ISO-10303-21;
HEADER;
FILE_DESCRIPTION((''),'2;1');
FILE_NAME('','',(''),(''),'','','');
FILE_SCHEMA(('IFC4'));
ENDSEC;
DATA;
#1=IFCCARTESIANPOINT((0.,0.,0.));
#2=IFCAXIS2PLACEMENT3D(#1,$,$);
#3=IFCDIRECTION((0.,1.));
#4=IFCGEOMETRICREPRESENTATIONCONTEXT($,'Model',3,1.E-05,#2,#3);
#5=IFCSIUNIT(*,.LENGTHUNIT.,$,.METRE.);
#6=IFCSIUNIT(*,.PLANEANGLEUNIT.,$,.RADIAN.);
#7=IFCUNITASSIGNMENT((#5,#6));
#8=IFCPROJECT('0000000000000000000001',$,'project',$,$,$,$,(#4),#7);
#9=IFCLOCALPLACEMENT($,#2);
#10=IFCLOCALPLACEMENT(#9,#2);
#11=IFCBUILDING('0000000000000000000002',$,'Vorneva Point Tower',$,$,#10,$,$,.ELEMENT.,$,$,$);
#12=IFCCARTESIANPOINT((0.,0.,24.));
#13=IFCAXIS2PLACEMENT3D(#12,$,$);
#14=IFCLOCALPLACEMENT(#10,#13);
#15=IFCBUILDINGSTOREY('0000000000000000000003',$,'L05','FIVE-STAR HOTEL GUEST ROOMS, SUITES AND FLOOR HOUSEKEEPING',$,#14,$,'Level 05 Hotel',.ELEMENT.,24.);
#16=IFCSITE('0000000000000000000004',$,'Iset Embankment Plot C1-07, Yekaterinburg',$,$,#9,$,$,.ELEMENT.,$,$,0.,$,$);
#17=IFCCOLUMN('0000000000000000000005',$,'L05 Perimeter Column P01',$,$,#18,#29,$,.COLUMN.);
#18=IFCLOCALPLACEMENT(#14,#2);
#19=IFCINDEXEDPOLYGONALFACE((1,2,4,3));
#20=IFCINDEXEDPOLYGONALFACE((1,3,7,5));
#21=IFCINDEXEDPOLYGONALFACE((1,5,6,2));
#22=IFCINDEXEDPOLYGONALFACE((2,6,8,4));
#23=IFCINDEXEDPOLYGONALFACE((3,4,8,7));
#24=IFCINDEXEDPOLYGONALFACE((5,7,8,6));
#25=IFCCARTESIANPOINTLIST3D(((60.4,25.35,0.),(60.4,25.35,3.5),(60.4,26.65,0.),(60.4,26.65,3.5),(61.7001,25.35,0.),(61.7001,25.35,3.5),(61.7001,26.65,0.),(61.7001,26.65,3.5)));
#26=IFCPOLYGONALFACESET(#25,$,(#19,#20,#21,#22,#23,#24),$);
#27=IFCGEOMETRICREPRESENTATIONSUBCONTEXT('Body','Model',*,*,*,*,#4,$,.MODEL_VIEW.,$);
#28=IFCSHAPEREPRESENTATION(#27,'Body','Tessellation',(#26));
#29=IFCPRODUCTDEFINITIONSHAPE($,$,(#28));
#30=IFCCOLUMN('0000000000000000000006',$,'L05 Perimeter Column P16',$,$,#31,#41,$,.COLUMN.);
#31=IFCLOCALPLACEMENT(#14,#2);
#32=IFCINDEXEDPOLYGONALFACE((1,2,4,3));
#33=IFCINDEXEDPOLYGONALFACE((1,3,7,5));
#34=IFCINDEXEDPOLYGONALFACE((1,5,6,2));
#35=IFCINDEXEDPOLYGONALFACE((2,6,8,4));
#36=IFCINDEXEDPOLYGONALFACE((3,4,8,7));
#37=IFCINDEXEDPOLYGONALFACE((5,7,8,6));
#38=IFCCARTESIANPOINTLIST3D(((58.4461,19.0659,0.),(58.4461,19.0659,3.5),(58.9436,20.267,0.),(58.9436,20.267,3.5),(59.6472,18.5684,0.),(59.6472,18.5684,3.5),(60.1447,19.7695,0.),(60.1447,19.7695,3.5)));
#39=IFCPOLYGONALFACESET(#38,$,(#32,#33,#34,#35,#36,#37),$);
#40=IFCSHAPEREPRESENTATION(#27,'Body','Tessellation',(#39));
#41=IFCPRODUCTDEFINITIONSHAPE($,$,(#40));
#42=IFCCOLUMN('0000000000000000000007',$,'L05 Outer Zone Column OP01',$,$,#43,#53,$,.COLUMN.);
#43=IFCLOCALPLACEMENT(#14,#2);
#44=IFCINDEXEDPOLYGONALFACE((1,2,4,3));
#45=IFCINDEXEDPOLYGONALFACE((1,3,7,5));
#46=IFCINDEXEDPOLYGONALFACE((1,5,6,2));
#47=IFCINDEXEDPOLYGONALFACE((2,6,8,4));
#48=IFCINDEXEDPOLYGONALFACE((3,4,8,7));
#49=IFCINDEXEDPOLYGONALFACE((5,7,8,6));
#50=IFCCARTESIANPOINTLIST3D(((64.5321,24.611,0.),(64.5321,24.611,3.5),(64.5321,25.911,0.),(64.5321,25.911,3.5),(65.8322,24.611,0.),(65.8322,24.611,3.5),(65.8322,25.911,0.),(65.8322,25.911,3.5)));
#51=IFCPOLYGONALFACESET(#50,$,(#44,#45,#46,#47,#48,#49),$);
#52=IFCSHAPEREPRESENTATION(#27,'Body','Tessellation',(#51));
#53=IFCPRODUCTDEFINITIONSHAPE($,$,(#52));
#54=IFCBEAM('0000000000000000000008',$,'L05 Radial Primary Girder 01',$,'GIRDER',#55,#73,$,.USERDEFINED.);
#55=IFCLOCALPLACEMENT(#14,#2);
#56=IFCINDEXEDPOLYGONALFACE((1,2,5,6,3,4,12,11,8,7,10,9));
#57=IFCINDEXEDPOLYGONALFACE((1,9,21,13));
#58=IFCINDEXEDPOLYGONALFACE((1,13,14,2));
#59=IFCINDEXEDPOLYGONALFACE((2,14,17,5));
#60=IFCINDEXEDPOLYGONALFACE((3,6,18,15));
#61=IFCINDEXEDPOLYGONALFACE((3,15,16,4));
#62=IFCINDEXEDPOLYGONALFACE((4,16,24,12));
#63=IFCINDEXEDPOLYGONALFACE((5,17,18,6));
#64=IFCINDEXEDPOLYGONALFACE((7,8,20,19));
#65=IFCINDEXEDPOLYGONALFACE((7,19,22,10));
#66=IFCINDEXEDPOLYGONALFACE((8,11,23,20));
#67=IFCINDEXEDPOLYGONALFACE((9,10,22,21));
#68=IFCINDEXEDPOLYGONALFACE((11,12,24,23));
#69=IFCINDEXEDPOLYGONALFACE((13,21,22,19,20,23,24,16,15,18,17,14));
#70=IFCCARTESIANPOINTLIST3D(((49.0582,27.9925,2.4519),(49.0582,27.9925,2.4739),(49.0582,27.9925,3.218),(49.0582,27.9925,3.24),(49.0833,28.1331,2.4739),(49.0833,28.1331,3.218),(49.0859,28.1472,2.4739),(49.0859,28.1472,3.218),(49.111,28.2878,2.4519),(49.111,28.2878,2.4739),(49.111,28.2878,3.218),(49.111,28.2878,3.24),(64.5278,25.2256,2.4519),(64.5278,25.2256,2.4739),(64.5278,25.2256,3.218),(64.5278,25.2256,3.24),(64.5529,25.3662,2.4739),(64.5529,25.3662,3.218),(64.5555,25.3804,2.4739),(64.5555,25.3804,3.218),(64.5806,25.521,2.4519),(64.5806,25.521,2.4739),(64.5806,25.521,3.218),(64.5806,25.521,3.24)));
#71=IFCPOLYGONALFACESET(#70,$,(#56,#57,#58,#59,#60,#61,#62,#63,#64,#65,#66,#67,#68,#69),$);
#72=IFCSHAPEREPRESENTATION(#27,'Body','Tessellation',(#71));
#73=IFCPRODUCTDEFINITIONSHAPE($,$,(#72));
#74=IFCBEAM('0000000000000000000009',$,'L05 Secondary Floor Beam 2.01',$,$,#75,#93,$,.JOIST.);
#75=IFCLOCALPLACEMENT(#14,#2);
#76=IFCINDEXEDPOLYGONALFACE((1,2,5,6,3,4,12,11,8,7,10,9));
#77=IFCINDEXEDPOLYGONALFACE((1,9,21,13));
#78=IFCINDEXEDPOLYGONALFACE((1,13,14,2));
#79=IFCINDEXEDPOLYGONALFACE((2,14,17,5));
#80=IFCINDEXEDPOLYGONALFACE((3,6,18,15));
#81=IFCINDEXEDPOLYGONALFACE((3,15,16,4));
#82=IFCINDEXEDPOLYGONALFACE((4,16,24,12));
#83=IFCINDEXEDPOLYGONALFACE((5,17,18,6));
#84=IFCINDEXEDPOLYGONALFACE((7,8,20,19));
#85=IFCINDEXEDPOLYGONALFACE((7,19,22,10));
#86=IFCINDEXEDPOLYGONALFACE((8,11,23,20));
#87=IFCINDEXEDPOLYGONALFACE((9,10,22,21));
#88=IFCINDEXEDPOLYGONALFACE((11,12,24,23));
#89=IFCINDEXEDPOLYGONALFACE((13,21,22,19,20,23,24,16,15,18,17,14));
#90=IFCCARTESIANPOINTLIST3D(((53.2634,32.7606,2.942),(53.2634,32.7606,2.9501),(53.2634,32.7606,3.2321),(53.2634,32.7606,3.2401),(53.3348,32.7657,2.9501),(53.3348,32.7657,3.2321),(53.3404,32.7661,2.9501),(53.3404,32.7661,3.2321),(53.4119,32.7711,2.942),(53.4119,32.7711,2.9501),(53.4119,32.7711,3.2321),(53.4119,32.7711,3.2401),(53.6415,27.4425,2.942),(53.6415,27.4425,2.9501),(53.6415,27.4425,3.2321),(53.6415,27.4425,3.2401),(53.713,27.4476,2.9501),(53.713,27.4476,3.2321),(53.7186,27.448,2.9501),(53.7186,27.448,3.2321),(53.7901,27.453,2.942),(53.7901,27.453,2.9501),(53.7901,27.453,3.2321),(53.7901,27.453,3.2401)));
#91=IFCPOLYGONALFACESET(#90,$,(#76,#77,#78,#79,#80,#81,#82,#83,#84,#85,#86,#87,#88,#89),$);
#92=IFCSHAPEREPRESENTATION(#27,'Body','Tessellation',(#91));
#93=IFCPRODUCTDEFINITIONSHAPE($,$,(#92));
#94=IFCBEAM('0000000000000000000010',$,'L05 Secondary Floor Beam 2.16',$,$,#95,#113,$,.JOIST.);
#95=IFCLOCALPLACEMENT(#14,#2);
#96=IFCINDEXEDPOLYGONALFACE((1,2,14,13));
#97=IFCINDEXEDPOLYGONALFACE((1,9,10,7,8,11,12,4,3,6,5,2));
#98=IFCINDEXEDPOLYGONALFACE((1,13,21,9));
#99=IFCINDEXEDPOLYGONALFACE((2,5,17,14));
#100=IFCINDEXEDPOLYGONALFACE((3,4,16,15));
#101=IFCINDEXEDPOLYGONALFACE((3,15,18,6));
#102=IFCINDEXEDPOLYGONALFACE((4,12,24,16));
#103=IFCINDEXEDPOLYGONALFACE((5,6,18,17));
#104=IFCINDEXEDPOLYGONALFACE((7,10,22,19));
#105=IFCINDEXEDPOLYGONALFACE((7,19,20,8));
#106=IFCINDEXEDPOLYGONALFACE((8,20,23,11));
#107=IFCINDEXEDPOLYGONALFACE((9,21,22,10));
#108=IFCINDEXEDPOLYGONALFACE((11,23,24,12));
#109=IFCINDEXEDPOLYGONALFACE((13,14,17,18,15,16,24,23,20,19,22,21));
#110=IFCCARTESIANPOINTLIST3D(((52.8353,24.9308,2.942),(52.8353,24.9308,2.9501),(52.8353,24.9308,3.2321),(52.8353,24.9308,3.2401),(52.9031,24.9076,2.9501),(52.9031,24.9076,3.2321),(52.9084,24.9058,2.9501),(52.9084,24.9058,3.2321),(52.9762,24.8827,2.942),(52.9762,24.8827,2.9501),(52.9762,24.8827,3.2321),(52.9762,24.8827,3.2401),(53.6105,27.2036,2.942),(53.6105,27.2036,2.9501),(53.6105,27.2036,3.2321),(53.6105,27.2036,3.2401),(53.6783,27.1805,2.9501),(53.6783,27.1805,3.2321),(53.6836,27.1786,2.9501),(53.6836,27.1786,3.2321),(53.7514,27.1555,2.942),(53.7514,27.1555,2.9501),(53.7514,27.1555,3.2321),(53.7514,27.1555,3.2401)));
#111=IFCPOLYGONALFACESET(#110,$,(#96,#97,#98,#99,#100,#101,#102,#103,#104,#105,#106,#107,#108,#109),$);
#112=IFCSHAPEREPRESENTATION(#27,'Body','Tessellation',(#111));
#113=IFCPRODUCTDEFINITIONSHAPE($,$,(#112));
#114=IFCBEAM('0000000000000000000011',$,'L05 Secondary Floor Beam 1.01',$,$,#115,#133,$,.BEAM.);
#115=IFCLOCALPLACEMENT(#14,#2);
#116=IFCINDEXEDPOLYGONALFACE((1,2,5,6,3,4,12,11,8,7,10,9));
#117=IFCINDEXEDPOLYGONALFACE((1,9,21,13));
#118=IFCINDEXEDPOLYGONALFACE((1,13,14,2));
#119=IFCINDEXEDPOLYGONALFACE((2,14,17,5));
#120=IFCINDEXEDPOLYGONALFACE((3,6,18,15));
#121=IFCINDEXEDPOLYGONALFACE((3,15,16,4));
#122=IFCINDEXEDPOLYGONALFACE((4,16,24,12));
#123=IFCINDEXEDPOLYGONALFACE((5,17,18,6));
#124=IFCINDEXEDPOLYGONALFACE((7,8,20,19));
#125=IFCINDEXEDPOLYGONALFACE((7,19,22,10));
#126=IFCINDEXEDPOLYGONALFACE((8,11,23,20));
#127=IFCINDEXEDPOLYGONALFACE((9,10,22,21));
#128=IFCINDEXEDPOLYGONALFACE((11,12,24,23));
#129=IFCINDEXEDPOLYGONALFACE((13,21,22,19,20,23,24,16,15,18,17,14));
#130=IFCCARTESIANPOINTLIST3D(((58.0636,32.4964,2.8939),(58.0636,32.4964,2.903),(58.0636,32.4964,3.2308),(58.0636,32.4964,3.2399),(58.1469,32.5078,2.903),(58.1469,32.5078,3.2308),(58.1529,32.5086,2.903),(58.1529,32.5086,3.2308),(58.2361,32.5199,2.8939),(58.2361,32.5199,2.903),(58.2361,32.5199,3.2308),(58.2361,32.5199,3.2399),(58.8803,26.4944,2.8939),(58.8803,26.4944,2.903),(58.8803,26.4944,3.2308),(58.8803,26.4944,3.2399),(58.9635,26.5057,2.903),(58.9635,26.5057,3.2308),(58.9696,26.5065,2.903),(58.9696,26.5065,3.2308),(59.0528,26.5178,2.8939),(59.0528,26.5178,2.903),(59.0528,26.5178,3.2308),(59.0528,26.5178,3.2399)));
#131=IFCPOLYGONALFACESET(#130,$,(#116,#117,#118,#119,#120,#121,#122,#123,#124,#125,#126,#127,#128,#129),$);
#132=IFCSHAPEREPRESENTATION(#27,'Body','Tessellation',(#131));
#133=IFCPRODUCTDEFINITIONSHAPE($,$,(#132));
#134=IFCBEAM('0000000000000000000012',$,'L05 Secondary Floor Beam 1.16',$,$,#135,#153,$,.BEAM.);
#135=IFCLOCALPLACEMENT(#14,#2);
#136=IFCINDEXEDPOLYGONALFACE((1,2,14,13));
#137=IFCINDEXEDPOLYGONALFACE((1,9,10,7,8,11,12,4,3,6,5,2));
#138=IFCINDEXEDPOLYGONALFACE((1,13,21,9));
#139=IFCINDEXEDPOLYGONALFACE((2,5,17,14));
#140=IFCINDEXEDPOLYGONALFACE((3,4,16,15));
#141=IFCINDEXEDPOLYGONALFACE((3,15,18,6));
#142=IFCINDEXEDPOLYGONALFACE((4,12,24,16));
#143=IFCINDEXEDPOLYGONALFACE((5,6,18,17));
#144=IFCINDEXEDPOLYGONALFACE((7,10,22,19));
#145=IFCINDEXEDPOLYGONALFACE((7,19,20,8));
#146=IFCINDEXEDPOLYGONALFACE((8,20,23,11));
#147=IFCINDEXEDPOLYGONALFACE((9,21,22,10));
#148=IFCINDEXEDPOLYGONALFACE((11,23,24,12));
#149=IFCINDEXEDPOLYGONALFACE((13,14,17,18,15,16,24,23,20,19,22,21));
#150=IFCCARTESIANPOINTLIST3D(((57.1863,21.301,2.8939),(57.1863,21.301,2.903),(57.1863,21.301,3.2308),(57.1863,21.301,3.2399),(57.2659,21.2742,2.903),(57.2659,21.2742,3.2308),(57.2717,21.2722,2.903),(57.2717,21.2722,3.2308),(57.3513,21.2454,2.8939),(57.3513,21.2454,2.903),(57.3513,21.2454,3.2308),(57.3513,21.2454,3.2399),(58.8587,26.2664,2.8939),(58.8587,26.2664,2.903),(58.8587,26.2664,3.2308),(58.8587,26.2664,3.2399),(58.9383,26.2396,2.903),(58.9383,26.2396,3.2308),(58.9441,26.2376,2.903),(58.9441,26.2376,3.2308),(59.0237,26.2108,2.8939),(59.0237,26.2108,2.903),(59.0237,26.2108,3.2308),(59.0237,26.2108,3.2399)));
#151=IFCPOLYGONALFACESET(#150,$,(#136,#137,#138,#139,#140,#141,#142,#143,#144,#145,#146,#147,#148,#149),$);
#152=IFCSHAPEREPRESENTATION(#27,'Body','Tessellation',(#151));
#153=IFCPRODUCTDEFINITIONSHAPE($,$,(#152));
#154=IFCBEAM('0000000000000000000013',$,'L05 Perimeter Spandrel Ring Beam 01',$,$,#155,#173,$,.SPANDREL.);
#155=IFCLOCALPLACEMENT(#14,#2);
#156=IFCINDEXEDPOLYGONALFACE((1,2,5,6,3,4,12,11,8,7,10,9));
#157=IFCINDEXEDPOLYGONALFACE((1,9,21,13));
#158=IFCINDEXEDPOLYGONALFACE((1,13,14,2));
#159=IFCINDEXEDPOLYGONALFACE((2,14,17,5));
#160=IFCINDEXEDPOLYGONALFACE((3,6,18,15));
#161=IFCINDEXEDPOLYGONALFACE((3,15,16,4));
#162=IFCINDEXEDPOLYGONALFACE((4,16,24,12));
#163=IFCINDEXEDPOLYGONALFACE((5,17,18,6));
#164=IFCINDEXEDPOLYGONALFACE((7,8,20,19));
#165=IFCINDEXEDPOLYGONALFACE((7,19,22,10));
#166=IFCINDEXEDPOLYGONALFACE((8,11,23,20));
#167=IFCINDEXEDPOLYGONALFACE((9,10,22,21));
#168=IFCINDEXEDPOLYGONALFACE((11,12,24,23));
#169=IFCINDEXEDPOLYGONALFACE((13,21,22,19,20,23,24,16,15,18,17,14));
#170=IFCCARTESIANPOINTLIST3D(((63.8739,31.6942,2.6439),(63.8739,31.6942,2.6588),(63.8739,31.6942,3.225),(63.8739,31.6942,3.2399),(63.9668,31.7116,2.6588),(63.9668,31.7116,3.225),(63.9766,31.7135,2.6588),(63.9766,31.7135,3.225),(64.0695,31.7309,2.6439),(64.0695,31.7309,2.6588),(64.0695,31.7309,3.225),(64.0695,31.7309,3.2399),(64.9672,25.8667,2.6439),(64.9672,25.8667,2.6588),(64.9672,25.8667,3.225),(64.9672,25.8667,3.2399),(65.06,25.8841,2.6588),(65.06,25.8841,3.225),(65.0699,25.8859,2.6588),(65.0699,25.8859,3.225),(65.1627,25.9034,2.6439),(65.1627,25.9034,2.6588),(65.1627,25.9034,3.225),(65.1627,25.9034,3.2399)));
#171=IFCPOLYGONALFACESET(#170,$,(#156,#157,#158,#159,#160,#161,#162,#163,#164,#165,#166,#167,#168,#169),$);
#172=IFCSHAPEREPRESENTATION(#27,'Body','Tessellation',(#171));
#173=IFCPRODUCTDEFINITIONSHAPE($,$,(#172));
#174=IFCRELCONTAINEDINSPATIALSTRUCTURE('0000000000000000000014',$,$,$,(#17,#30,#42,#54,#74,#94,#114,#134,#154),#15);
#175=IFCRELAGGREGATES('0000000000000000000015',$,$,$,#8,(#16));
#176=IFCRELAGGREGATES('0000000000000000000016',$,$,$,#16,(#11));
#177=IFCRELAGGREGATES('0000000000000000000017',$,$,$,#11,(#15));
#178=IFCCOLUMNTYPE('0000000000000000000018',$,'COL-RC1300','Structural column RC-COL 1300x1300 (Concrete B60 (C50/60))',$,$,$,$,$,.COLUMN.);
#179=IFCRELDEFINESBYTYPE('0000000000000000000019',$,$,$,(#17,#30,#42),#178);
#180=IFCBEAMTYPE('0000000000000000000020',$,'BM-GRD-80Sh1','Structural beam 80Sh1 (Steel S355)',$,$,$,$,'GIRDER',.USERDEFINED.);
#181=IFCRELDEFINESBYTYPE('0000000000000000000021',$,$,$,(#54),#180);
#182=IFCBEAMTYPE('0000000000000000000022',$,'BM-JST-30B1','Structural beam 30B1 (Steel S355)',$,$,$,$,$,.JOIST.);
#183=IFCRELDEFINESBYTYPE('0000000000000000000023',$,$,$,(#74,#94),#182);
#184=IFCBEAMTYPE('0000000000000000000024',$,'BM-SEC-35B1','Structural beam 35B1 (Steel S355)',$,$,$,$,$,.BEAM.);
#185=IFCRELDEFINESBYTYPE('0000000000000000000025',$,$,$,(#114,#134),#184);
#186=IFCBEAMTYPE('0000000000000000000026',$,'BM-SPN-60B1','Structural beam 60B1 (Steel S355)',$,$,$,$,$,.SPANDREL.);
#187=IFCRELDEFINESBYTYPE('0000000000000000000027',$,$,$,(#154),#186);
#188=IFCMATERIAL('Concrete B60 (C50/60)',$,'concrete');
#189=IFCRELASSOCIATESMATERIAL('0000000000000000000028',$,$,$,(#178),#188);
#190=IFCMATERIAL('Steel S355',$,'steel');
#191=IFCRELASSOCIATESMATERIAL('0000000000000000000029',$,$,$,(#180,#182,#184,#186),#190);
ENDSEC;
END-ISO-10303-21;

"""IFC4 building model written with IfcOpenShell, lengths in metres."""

from ifc_helpers import new_model, si_unit, direction, frame, origin, origin_2d, place, context, subcontext, project, spatial, rectangle, i_section, extrude, material, material_profile, profile_set, type_object, element, save


model = new_model("IFC4")

# Units and contexts
model_context = context("Model", 3, precision=1e-05, world=origin(), true_north=direction((0.0, 1.0)))
body_context = subcontext(model_context, "Body", "Model", "MODEL_VIEW")
ifc_project = project(units=[si_unit("LENGTHUNIT", "METRE"), si_unit("PLANEANGLEUNIT", "RADIAN")], contexts=[model_context])

# Site, building, storey
site_placement = place(None, origin())
site = spatial("IfcSite", under=ifc_project, at=site_placement, Name="Iset Embankment Plot C1-07, Yekaterinburg", CompositionType="ELEMENT", RefElevation=0.0)
building_placement = place(site_placement, origin())
building = spatial("IfcBuilding", under=site, at=building_placement, Name="Vorneva Point Tower", CompositionType="ELEMENT")
storey_placement = place(building_placement, frame((0.0, 0.0, 24.0)))
storey = spatial("IfcBuildingStorey", under=building, at=storey_placement, Name="L05", Description="FIVE-STAR HOTEL GUEST ROOMS, SUITES AND FLOOR HOUSEKEEPING", LongName="Level 05 Hotel", CompositionType="ELEMENT", Elevation=24.0)

# Columns
ifc_material_1 = material(Name="Concrete B60 (C50/60)", Category="concrete")
ifc_material_profile_1 = material_profile(ifc_material_1, rectangle(XDim=1.3, YDim=1.3, at=origin_2d()), Name="RC-COL 1300x1300")
ifc_profile_set_1 = profile_set([ifc_material_profile_1], Name="Concrete B60 (C50/60)")
column_type = type_object("IfcColumnType", Name="COL-RC1300", Description="Structural column RC-COL 1300x1300 (Concrete B60 (C50/60))", PredefinedType="COLUMN", material=ifc_profile_set_1)
for number, where, z_axis, x_axis, name in (
    (1, (61.05, 26.0, 0.0), (0.0, 0.0, 1.0), (1.0, 0.0, 0.0), "L05 Perimeter Column P01"),
    (2, (59.2954, 19.4177, 0.0), (0.0, 0.0, 1.0), (0.92388, -0.382683, 0.0), "L05 Perimeter Column P16"),
    (3, (65.1821, 25.261, 0.0), (0.0, 0.0, 1.0), (1.0, 0.0, 0.0), "L05 Outer Zone Column OP01"),
):
    element("IfcColumn", number, at=place(storey_placement, frame(where, z_axis=z_axis, x_axis=x_axis)), inside=storey, type_object=column_type, Name=name, PredefinedType="COLUMN", context=body_context, shape_type="SweptSolid", body=[
        extrude(rectangle(XDim=1.3, YDim=1.3, at=origin_2d()), origin(), (0.0, 0.0, 1.0), 3.5),
    ])

# Beams
ifc_material_2 = material(Name="Steel S355", Category="steel")
ifc_material_profile_2 = material_profile(ifc_material_2, i_section(OverallWidth=0.3, OverallDepth=0.7881, WebThickness=0.0144, FlangeThickness=0.022, at=origin_2d()), Name="80Sh1")
ifc_profile_set_2 = profile_set([ifc_material_profile_2], Name="Steel S355")
beam_type_1 = type_object("IfcBeamType", Name="BM-GRD-80Sh1", Description="Structural beam 80Sh1 (Steel S355)", ElementType="GIRDER", PredefinedType="USERDEFINED", material=ifc_profile_set_2)
beam_1_placement = place(storey_placement, frame((64.5542, 25.3733, 2.8459), z_axis=(-0.984379, 0.176064, 0.0), x_axis=(-0.176064, -0.984379, 0.0)))
element("IfcBeam", 4, at=beam_1_placement, inside=storey, type_object=beam_type_1, Name="L05 Radial Primary Girder 01", ObjectType="GIRDER", PredefinedType="USERDEFINED", context=body_context, shape_type="SweptSolid", body=[
    extrude(i_section(OverallWidth=0.3, OverallDepth=0.7881, WebThickness=0.0144, FlangeThickness=0.022, at=origin_2d()), origin(), (0.0, 0.0, 1.0), 15.7151),
])
ifc_material_profile_3 = material_profile(ifc_material_2, i_section(OverallWidth=0.1489, OverallDepth=0.2981, WebThickness=0.0056, FlangeThickness=0.0081, at=origin_2d()), Name="30B1")
ifc_profile_set_3 = profile_set([ifc_material_profile_3], Name="Steel S355")
beam_type_2 = type_object("IfcBeamType", Name="BM-JST-30B1", Description="Structural beam 30B1 (Steel S355)", PredefinedType="JOIST", material=ifc_profile_set_3)
beam_2_placement = place(storey_placement, frame((53.7158, 27.4478, 3.0911), z_axis=(-0.070931, 0.997481, 0.0), x_axis=(-0.997481, -0.070931, 0.0)))
element("IfcBeam", 5, at=beam_2_placement, inside=storey, type_object=beam_type_2, Name="L05 Secondary Floor Beam 2.01", PredefinedType="JOIST", context=body_context, shape_type="SweptSolid", body=[
    extrude(i_section(OverallWidth=0.1489, OverallDepth=0.2981, WebThickness=0.0056, FlangeThickness=0.0081, at=origin_2d()), origin(), (0.0, 0.0, 1.0), 5.3315),
])
beam_3_placement = place(storey_placement, frame((52.9058, 24.9067, 3.0911), z_axis=(0.322808, 0.946464, 0.0), x_axis=(-0.946464, 0.322808, 0.0)))
element("IfcBeam", 6, at=beam_3_placement, inside=storey, type_object=beam_type_2, Name="L05 Secondary Floor Beam 2.16", PredefinedType="JOIST", context=body_context, shape_type="SweptSolid", body=[
    extrude(i_section(OverallWidth=0.1489, OverallDepth=0.2981, WebThickness=0.0056, FlangeThickness=0.0081, at=origin_2d()), origin(), (0.0, 0.0, 1.0), 2.4014),
])
ifc_material_profile_4 = material_profile(ifc_material_2, i_section(OverallWidth=0.1741, OverallDepth=0.3459, WebThickness=0.0061, FlangeThickness=0.009, at=origin_2d()), Name="35B1")
ifc_profile_set_4 = profile_set([ifc_material_profile_4], Name="Steel S355")
beam_type_3 = type_object("IfcBeamType", Name="BM-SEC-35B1", Description="Structural beam 35B1 (Steel S355)", PredefinedType="BEAM", material=ifc_profile_set_4)
beam_4_placement = place(storey_placement, frame((58.9666, 26.5061, 3.0669), z_axis=(-0.134822, 0.99087, 0.0), x_axis=(-0.99087, -0.134822, 0.0)))
element("IfcBeam", 7, at=beam_4_placement, inside=storey, type_object=beam_type_3, Name="L05 Secondary Floor Beam 1.01", PredefinedType="BEAM", context=body_context, shape_type="SweptSolid", body=[
    extrude(i_section(OverallWidth=0.1741, OverallDepth=0.3459, WebThickness=0.0061, FlangeThickness=0.009, at=origin_2d()), origin(), (0.0, 0.0, 1.0), 6.0574),
])
beam_5_placement = place(storey_placement, frame((57.2688, 21.2732, 3.0669), z_axis=(0.31919, 0.947691, 0.0), x_axis=(-0.947691, 0.31919, 0.0)))
element("IfcBeam", 8, at=beam_5_placement, inside=storey, type_object=beam_type_3, Name="L05 Secondary Floor Beam 1.16", PredefinedType="BEAM", context=body_context, shape_type="SweptSolid", body=[
    extrude(i_section(OverallWidth=0.1741, OverallDepth=0.3459, WebThickness=0.0061, FlangeThickness=0.009, at=origin_2d()), origin(), (0.0, 0.0, 1.0), 5.2395),
])
ifc_material_profile_5 = material_profile(ifc_material_2, i_section(OverallWidth=0.199, OverallDepth=0.5959, WebThickness=0.01, FlangeThickness=0.0149, at=origin_2d()), Name="60B1")
ifc_profile_set_5 = profile_set([ifc_material_profile_5], Name="Steel S355")
beam_type_4 = type_object("IfcBeamType", Name="BM-SPN-60B1", Description="Structural beam 60B1 (Steel S355)", PredefinedType="SPANDREL", material=ifc_profile_set_5)
beam_6_placement = place(storey_placement, frame((65.0649, 25.885, 2.9419), z_axis=(-0.184383, 0.982854, 0.0), x_axis=(-0.982854, -0.184383, 0.0)))
element("IfcBeam", 9, at=beam_6_placement, inside=storey, type_object=beam_type_4, Name="L05 Perimeter Spandrel Ring Beam 01", PredefinedType="SPANDREL", context=body_context, shape_type="SweptSolid", body=[
    extrude(i_section(OverallWidth=0.199, OverallDepth=0.5959, WebThickness=0.01, FlangeThickness=0.0149, at=origin_2d()), origin(), (0.0, 0.0, 1.0), 5.9292),
])

save(model, "model.ifc")
